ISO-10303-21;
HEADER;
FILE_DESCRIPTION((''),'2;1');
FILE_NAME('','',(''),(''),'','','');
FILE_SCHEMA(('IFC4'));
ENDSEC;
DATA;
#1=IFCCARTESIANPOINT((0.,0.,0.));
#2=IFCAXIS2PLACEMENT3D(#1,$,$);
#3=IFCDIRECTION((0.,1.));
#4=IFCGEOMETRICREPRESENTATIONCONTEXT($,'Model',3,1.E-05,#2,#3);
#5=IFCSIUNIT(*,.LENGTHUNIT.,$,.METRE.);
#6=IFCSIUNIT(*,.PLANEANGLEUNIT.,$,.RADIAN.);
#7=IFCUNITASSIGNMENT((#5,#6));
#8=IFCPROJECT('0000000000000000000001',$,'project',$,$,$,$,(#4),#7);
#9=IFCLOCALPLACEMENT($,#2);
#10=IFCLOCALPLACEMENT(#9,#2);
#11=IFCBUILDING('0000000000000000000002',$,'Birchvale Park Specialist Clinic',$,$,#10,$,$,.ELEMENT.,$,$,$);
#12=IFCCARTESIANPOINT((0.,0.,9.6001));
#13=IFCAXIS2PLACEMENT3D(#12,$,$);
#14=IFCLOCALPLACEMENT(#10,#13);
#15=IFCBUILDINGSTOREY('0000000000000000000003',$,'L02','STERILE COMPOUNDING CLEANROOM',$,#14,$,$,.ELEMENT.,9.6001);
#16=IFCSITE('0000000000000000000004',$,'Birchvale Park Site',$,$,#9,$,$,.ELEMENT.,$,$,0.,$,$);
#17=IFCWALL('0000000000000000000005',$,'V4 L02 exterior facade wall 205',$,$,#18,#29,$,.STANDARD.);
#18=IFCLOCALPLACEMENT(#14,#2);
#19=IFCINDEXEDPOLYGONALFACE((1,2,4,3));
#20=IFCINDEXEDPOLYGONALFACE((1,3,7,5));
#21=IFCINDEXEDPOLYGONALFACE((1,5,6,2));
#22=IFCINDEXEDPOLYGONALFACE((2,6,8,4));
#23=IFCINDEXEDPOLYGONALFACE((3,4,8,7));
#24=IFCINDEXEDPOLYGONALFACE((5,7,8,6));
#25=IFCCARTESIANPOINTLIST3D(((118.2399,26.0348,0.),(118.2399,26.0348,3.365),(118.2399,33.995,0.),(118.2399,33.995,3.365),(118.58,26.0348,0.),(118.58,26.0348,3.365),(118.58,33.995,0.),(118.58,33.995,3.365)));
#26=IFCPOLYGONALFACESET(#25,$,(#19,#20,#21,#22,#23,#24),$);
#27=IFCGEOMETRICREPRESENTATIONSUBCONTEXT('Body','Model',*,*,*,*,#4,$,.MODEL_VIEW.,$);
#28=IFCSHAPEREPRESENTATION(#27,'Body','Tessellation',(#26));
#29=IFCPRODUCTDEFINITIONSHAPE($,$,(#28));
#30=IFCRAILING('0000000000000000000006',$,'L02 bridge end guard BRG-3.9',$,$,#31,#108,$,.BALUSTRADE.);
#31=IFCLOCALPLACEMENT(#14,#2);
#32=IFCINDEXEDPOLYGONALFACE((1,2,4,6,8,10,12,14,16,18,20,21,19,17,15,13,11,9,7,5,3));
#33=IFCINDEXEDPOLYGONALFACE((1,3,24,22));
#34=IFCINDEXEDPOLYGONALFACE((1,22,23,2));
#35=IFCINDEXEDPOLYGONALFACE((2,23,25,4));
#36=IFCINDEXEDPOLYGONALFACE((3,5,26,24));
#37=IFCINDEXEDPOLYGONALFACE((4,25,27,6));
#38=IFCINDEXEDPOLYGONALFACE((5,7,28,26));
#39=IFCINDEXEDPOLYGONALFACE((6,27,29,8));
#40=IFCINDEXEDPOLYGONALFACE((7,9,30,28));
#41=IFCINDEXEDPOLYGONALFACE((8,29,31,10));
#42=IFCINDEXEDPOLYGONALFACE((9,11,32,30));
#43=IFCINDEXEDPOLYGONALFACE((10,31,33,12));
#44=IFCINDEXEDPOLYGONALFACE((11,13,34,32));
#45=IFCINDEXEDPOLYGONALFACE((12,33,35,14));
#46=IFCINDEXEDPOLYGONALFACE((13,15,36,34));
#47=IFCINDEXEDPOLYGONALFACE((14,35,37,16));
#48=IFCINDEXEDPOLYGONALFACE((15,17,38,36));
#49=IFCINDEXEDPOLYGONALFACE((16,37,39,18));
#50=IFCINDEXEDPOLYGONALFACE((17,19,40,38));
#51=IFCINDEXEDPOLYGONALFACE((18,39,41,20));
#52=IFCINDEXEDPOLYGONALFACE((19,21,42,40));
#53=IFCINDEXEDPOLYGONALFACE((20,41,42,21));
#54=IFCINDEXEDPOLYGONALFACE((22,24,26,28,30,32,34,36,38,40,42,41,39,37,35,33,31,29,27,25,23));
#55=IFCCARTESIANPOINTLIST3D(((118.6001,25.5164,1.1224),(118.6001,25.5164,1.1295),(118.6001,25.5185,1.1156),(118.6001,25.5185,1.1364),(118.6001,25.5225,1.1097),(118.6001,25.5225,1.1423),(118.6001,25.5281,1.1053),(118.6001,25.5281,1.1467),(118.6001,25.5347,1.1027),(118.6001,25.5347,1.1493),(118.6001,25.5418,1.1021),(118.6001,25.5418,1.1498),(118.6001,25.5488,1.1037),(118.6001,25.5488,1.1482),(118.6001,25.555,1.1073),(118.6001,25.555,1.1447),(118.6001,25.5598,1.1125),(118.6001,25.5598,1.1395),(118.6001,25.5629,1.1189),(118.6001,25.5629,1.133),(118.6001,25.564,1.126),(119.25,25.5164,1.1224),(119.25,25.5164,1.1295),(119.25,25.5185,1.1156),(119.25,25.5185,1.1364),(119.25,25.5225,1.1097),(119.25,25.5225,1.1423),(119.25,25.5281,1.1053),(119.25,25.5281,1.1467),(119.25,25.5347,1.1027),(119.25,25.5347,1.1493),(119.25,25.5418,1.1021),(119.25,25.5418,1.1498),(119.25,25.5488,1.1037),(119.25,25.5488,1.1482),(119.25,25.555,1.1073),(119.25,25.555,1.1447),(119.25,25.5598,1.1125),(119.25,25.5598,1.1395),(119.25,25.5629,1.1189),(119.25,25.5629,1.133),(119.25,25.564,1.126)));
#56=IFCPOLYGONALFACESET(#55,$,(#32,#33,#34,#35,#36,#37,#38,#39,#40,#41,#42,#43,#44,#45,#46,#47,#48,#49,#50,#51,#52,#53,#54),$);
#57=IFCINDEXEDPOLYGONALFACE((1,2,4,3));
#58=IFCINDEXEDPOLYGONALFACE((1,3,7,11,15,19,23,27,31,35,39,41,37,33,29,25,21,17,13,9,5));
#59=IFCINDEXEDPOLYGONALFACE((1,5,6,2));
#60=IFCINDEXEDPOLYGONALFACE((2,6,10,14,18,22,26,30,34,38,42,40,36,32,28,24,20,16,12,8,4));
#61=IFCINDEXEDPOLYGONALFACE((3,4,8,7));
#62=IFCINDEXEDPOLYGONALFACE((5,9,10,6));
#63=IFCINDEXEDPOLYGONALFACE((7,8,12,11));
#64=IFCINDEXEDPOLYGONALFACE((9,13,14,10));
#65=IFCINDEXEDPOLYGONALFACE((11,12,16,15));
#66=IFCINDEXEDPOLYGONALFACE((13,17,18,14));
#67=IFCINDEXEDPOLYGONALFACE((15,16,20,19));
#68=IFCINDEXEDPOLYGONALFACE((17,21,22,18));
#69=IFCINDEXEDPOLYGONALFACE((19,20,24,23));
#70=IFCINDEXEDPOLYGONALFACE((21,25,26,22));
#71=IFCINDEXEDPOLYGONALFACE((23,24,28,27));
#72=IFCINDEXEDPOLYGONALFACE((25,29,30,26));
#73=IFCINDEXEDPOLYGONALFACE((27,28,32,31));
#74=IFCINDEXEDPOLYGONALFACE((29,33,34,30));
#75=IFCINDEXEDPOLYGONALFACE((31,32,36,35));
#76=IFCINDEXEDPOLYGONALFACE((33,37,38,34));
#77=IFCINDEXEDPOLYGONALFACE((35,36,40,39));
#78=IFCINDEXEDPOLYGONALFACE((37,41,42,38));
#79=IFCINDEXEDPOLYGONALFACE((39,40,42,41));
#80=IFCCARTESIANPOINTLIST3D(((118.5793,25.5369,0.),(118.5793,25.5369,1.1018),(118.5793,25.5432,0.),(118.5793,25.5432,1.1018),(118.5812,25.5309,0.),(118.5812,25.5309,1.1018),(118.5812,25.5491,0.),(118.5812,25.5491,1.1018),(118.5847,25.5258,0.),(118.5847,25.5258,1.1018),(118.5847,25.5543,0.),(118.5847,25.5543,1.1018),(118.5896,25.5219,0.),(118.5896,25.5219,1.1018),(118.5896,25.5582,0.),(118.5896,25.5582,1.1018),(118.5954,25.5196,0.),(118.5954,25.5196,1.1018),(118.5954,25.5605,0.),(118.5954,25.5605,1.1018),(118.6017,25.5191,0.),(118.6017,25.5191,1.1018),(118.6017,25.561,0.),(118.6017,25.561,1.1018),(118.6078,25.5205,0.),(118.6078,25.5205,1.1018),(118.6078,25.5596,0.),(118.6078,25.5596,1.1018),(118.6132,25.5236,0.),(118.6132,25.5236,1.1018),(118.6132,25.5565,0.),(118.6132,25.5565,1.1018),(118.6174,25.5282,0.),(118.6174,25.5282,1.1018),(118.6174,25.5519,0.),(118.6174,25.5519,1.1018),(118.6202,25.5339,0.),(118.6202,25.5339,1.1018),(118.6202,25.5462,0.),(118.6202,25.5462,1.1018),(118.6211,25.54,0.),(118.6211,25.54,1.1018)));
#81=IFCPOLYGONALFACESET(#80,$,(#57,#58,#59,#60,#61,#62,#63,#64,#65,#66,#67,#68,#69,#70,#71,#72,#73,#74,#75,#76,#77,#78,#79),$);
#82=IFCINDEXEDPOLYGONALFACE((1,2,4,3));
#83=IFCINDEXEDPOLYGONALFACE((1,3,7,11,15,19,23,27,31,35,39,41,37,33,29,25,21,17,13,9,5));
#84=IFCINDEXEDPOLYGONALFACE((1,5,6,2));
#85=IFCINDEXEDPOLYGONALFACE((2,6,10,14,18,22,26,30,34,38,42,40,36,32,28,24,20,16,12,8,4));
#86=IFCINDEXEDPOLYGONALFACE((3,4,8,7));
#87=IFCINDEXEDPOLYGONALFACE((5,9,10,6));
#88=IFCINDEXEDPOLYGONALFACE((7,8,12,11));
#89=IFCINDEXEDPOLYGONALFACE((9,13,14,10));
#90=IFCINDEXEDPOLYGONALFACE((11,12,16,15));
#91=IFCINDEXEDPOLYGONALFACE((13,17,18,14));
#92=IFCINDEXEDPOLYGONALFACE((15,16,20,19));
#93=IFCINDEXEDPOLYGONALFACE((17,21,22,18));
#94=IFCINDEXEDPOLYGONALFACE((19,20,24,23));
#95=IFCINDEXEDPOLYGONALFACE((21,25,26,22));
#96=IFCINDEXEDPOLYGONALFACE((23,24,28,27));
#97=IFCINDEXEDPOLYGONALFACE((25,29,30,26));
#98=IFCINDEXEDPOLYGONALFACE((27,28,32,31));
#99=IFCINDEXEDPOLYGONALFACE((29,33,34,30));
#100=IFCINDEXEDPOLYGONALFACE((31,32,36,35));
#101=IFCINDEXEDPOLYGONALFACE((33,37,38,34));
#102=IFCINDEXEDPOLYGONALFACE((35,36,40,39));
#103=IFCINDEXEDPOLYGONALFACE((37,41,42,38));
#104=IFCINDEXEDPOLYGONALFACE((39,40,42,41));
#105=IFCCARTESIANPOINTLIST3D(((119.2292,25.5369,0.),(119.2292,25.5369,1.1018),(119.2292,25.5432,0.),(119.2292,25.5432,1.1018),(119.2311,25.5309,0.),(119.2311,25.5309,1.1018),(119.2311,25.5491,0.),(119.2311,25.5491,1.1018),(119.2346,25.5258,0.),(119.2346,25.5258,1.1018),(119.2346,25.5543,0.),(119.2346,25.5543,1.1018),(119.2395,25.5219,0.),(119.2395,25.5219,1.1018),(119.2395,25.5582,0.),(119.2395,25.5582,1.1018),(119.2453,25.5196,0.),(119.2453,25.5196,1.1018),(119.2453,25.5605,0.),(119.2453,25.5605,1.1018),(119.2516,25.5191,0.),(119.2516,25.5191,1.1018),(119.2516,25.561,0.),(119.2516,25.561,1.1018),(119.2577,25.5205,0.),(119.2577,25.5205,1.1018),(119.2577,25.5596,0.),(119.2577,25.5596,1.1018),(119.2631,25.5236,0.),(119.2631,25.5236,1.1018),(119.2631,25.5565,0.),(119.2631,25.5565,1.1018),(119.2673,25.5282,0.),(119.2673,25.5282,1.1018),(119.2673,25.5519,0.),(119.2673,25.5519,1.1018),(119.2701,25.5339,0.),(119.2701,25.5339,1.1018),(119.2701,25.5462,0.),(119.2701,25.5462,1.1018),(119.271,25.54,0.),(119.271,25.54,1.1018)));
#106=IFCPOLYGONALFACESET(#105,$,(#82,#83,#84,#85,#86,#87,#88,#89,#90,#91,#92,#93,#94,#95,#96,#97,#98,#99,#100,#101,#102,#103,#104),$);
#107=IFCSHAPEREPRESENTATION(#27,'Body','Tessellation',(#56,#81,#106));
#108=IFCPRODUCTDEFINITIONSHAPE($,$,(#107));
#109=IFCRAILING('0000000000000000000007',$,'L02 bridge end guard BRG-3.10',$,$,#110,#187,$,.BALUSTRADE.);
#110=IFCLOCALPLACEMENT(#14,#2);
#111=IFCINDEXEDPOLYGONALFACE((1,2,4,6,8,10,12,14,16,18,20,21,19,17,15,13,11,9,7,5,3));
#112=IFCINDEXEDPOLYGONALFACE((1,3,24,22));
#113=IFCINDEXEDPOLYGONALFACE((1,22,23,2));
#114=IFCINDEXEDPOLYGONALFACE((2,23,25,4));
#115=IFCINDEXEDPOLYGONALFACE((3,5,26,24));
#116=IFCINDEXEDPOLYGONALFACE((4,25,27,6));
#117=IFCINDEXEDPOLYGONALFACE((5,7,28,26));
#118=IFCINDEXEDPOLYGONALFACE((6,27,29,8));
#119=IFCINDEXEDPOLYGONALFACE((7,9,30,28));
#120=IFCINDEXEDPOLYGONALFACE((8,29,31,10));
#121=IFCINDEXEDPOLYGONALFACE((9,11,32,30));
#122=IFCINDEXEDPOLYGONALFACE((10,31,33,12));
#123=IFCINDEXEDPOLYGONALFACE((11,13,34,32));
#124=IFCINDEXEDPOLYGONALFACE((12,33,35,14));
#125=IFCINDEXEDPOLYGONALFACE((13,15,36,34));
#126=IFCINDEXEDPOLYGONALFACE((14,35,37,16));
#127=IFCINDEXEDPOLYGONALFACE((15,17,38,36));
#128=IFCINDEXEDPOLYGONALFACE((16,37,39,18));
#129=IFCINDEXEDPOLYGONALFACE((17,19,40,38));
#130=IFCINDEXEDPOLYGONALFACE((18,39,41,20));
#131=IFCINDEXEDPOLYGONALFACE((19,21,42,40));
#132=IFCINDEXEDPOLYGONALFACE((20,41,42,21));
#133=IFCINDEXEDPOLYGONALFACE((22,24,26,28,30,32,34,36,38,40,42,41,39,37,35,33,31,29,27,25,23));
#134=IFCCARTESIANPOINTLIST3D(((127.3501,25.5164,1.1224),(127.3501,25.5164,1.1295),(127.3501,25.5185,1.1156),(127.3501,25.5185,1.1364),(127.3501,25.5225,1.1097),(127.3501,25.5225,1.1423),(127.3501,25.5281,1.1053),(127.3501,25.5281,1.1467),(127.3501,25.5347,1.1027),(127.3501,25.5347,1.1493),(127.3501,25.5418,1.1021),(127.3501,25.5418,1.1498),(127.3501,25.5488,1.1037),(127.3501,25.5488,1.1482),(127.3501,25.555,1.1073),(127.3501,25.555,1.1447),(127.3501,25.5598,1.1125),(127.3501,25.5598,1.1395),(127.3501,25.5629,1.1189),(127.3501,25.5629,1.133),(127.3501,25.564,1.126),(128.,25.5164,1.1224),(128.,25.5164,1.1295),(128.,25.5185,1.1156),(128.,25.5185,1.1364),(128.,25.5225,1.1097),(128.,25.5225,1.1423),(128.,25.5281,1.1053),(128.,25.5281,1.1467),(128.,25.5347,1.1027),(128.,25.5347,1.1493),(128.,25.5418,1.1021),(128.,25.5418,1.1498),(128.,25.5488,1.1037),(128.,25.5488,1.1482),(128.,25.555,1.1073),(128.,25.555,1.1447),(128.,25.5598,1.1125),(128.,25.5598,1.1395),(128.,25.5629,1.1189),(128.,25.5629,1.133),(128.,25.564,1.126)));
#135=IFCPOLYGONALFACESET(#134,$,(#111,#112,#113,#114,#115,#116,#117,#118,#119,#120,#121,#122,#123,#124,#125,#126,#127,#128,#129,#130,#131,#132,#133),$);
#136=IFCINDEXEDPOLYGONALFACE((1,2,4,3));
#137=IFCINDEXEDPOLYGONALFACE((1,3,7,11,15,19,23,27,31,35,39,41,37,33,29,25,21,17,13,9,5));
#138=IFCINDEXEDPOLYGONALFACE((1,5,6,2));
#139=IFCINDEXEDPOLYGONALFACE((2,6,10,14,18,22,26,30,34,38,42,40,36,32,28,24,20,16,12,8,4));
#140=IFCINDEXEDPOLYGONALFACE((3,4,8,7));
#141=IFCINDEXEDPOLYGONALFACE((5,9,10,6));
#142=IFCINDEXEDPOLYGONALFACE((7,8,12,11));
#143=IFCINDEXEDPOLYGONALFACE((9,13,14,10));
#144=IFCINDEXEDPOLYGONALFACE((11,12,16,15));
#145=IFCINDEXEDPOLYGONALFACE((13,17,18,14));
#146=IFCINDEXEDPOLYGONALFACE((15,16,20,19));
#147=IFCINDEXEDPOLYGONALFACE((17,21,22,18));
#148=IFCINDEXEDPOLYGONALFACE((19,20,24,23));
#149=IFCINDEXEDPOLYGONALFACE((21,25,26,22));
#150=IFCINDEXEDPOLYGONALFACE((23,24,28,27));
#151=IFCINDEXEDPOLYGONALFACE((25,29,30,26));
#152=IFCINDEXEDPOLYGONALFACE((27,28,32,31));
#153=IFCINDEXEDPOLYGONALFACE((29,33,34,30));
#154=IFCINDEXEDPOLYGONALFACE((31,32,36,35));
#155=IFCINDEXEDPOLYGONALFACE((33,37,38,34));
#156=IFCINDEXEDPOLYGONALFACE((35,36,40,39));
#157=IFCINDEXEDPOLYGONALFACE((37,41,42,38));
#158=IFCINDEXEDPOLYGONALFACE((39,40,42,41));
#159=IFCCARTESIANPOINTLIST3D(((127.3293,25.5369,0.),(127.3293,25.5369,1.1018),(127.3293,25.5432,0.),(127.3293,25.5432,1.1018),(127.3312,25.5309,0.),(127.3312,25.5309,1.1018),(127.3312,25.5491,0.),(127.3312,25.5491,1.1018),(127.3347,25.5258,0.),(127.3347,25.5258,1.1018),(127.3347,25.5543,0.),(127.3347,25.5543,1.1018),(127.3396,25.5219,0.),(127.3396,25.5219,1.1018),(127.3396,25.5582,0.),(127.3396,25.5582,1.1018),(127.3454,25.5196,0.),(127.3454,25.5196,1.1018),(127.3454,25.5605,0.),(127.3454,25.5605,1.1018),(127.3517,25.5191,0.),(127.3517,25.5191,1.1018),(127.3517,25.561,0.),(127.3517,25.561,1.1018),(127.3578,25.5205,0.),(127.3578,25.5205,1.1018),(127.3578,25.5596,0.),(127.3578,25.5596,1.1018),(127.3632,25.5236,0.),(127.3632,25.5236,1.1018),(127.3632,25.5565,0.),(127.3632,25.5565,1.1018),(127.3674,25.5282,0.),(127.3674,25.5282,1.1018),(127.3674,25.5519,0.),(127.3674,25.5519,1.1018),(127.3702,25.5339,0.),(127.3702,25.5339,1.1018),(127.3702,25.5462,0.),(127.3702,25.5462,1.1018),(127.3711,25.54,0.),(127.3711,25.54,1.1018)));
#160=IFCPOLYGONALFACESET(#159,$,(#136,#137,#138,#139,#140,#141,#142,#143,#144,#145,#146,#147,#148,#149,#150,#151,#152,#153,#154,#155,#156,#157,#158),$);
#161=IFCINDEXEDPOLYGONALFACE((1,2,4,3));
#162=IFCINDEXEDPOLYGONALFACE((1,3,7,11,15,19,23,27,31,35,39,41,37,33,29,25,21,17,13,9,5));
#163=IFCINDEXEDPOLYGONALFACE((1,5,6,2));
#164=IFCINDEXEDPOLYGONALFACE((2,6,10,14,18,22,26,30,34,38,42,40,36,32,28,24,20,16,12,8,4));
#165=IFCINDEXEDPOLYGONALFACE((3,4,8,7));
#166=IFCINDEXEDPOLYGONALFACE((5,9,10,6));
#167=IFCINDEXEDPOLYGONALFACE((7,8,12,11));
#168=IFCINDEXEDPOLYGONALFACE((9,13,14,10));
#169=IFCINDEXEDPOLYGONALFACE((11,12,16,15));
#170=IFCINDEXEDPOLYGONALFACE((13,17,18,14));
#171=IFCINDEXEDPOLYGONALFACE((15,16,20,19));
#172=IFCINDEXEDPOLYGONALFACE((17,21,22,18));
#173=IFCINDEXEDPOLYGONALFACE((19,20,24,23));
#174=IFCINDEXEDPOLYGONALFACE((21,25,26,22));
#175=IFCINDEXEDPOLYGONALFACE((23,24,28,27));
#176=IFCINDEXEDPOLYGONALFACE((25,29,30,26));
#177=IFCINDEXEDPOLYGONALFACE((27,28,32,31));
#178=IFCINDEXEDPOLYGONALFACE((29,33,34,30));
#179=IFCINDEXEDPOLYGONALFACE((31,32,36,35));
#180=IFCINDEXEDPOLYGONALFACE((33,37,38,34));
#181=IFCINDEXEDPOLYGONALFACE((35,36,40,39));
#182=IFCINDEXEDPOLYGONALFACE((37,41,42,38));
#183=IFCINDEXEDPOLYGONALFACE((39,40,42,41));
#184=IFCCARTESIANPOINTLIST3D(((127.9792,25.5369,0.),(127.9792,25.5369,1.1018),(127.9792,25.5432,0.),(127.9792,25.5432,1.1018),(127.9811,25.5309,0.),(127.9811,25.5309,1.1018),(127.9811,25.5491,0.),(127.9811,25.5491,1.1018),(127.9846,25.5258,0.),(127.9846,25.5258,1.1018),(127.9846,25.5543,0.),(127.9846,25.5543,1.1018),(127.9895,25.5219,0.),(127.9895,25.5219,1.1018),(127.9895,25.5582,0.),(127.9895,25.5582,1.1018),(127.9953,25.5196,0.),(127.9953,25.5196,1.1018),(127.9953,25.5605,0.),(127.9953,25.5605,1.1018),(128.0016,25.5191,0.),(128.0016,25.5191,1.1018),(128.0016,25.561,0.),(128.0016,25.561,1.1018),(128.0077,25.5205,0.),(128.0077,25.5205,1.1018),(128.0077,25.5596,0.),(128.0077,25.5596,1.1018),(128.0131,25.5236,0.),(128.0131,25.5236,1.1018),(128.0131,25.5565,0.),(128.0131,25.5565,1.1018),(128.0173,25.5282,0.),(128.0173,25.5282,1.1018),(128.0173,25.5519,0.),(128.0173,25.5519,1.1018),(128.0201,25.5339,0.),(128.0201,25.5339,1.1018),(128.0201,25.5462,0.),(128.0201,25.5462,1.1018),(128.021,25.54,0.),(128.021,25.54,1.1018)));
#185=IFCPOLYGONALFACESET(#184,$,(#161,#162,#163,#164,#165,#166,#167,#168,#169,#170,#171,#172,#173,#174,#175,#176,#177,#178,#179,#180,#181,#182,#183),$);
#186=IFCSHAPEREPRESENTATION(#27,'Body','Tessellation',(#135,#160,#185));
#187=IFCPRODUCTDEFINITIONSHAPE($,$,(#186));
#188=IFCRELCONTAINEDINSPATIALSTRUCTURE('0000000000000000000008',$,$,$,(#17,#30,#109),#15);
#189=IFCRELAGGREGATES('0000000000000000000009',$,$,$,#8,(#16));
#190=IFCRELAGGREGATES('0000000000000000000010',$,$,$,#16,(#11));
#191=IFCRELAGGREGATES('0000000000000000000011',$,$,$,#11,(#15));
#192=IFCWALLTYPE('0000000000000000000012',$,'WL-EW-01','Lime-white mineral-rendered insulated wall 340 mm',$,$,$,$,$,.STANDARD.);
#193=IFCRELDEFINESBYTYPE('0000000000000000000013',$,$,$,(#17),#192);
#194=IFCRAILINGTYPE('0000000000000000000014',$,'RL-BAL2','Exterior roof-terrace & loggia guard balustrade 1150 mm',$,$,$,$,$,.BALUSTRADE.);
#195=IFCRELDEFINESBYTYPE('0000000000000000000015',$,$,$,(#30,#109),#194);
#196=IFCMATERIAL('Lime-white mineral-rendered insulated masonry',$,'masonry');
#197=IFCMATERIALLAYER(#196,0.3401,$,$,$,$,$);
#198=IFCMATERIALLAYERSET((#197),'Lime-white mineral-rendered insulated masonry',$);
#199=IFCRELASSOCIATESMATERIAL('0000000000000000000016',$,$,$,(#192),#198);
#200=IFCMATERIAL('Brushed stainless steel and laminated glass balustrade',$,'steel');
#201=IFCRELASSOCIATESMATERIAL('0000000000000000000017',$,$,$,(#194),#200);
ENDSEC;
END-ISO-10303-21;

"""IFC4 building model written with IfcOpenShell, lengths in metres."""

from ifc_helpers import new_model, si_unit, direction, frame, frame_2d, origin, origin_2d, place, context, subcontext, project, spatial, rectangle, circle, extrude, material, layer, layer_set, type_object, element, save


model = new_model("IFC4")

# Units and contexts
model_context = context("Model", 3, precision=1e-05, world=origin(), true_north=direction((0.0, 1.0)))
body_context = subcontext(model_context, "Body", "Model", "MODEL_VIEW")
ifc_project = project(units=[si_unit("LENGTHUNIT", "METRE"), si_unit("PLANEANGLEUNIT", "RADIAN")], contexts=[model_context])

# Site, building, storey
site_placement = place(None, origin())
site = spatial("IfcSite", under=ifc_project, at=site_placement, Name="Birchvale Park Site", CompositionType="ELEMENT", RefElevation=0.0)
building_placement = place(site_placement, origin())
building = spatial("IfcBuilding", under=site, at=building_placement, Name="Birchvale Park Specialist Clinic", CompositionType="ELEMENT")
storey_placement = place(building_placement, frame((0.0, 0.0, 9.6001)))
storey = spatial("IfcBuildingStorey", under=building, at=storey_placement, Name="L02", Description="STERILE COMPOUNDING CLEANROOM", CompositionType="ELEMENT", Elevation=9.6001)

# Wall
ifc_material_1 = material(Name="Lime-white mineral-rendered insulated masonry", Category="masonry")
ifc_layer_1 = layer(ifc_material_1, 0.3401)
ifc_layer_set_1 = layer_set([ifc_layer_1], Name="Lime-white mineral-rendered insulated masonry")
wall_type = type_object("IfcWallType", Name="WL-EW-01", Description="Lime-white mineral-rendered insulated wall 340 mm", PredefinedType="STANDARD", material=ifc_layer_set_1)
wall_placement = place(storey_placement, frame((118.4099, 26.0349, 0.0), z_axis=(0.0, 0.0, 1.0), x_axis=(0.0, 1.0, 0.0)))
element("IfcWall", 1, at=wall_placement, inside=storey, type_object=wall_type, Name="V4 L02 exterior facade wall 205", PredefinedType="STANDARD", context=body_context, shape_type="SweptSolid", body=[
    extrude(rectangle(XDim=7.9602, YDim=0.3401, at=frame_2d((3.98, 0.0))), origin(), (0.0, 0.0, 1.0), 3.365),
])

# Railings
ifc_material_2 = material(Name="Brushed stainless steel and laminated glass balustrade", Category="steel")
railing_type = type_object("IfcRailingType", Name="RL-BAL2", Description="Exterior roof-terrace & loggia guard balustrade 1150 mm", PredefinedType="BALUSTRADE", material=ifc_material_2)
for number, where, name in (
    (2, (118.6001, 25.54, 0.0), "L02 bridge end guard BRG-3.9"),
    (3, (127.3501, 25.54, 0.0), "L02 bridge end guard BRG-3.10"),
):
    element("IfcRailing", number, at=place(storey_placement, frame(where)), inside=storey, type_object=railing_type, Name=name, PredefinedType="BALUSTRADE", context=body_context, shape_type="SweptSolid", body=[
        extrude(circle(Radius=0.0239, at=origin_2d()), frame((0.0, 0.0, 1.126), z_axis=(1.0, 0.0, 0.0), x_axis=(0.0, 1.0, 0.0)), (0.0, 0.0, 1.0), 0.6499),
        extrude(circle(Radius=0.021, at=origin_2d()), origin(), (0.0, 0.0, 1.0), 1.1018),
        extrude(circle(Radius=0.021, at=origin_2d()), frame((0.6499, 0.0, 0.0)), (0.0, 0.0, 1.0), 1.1018),
    ])

save(model, "model.ifc")
